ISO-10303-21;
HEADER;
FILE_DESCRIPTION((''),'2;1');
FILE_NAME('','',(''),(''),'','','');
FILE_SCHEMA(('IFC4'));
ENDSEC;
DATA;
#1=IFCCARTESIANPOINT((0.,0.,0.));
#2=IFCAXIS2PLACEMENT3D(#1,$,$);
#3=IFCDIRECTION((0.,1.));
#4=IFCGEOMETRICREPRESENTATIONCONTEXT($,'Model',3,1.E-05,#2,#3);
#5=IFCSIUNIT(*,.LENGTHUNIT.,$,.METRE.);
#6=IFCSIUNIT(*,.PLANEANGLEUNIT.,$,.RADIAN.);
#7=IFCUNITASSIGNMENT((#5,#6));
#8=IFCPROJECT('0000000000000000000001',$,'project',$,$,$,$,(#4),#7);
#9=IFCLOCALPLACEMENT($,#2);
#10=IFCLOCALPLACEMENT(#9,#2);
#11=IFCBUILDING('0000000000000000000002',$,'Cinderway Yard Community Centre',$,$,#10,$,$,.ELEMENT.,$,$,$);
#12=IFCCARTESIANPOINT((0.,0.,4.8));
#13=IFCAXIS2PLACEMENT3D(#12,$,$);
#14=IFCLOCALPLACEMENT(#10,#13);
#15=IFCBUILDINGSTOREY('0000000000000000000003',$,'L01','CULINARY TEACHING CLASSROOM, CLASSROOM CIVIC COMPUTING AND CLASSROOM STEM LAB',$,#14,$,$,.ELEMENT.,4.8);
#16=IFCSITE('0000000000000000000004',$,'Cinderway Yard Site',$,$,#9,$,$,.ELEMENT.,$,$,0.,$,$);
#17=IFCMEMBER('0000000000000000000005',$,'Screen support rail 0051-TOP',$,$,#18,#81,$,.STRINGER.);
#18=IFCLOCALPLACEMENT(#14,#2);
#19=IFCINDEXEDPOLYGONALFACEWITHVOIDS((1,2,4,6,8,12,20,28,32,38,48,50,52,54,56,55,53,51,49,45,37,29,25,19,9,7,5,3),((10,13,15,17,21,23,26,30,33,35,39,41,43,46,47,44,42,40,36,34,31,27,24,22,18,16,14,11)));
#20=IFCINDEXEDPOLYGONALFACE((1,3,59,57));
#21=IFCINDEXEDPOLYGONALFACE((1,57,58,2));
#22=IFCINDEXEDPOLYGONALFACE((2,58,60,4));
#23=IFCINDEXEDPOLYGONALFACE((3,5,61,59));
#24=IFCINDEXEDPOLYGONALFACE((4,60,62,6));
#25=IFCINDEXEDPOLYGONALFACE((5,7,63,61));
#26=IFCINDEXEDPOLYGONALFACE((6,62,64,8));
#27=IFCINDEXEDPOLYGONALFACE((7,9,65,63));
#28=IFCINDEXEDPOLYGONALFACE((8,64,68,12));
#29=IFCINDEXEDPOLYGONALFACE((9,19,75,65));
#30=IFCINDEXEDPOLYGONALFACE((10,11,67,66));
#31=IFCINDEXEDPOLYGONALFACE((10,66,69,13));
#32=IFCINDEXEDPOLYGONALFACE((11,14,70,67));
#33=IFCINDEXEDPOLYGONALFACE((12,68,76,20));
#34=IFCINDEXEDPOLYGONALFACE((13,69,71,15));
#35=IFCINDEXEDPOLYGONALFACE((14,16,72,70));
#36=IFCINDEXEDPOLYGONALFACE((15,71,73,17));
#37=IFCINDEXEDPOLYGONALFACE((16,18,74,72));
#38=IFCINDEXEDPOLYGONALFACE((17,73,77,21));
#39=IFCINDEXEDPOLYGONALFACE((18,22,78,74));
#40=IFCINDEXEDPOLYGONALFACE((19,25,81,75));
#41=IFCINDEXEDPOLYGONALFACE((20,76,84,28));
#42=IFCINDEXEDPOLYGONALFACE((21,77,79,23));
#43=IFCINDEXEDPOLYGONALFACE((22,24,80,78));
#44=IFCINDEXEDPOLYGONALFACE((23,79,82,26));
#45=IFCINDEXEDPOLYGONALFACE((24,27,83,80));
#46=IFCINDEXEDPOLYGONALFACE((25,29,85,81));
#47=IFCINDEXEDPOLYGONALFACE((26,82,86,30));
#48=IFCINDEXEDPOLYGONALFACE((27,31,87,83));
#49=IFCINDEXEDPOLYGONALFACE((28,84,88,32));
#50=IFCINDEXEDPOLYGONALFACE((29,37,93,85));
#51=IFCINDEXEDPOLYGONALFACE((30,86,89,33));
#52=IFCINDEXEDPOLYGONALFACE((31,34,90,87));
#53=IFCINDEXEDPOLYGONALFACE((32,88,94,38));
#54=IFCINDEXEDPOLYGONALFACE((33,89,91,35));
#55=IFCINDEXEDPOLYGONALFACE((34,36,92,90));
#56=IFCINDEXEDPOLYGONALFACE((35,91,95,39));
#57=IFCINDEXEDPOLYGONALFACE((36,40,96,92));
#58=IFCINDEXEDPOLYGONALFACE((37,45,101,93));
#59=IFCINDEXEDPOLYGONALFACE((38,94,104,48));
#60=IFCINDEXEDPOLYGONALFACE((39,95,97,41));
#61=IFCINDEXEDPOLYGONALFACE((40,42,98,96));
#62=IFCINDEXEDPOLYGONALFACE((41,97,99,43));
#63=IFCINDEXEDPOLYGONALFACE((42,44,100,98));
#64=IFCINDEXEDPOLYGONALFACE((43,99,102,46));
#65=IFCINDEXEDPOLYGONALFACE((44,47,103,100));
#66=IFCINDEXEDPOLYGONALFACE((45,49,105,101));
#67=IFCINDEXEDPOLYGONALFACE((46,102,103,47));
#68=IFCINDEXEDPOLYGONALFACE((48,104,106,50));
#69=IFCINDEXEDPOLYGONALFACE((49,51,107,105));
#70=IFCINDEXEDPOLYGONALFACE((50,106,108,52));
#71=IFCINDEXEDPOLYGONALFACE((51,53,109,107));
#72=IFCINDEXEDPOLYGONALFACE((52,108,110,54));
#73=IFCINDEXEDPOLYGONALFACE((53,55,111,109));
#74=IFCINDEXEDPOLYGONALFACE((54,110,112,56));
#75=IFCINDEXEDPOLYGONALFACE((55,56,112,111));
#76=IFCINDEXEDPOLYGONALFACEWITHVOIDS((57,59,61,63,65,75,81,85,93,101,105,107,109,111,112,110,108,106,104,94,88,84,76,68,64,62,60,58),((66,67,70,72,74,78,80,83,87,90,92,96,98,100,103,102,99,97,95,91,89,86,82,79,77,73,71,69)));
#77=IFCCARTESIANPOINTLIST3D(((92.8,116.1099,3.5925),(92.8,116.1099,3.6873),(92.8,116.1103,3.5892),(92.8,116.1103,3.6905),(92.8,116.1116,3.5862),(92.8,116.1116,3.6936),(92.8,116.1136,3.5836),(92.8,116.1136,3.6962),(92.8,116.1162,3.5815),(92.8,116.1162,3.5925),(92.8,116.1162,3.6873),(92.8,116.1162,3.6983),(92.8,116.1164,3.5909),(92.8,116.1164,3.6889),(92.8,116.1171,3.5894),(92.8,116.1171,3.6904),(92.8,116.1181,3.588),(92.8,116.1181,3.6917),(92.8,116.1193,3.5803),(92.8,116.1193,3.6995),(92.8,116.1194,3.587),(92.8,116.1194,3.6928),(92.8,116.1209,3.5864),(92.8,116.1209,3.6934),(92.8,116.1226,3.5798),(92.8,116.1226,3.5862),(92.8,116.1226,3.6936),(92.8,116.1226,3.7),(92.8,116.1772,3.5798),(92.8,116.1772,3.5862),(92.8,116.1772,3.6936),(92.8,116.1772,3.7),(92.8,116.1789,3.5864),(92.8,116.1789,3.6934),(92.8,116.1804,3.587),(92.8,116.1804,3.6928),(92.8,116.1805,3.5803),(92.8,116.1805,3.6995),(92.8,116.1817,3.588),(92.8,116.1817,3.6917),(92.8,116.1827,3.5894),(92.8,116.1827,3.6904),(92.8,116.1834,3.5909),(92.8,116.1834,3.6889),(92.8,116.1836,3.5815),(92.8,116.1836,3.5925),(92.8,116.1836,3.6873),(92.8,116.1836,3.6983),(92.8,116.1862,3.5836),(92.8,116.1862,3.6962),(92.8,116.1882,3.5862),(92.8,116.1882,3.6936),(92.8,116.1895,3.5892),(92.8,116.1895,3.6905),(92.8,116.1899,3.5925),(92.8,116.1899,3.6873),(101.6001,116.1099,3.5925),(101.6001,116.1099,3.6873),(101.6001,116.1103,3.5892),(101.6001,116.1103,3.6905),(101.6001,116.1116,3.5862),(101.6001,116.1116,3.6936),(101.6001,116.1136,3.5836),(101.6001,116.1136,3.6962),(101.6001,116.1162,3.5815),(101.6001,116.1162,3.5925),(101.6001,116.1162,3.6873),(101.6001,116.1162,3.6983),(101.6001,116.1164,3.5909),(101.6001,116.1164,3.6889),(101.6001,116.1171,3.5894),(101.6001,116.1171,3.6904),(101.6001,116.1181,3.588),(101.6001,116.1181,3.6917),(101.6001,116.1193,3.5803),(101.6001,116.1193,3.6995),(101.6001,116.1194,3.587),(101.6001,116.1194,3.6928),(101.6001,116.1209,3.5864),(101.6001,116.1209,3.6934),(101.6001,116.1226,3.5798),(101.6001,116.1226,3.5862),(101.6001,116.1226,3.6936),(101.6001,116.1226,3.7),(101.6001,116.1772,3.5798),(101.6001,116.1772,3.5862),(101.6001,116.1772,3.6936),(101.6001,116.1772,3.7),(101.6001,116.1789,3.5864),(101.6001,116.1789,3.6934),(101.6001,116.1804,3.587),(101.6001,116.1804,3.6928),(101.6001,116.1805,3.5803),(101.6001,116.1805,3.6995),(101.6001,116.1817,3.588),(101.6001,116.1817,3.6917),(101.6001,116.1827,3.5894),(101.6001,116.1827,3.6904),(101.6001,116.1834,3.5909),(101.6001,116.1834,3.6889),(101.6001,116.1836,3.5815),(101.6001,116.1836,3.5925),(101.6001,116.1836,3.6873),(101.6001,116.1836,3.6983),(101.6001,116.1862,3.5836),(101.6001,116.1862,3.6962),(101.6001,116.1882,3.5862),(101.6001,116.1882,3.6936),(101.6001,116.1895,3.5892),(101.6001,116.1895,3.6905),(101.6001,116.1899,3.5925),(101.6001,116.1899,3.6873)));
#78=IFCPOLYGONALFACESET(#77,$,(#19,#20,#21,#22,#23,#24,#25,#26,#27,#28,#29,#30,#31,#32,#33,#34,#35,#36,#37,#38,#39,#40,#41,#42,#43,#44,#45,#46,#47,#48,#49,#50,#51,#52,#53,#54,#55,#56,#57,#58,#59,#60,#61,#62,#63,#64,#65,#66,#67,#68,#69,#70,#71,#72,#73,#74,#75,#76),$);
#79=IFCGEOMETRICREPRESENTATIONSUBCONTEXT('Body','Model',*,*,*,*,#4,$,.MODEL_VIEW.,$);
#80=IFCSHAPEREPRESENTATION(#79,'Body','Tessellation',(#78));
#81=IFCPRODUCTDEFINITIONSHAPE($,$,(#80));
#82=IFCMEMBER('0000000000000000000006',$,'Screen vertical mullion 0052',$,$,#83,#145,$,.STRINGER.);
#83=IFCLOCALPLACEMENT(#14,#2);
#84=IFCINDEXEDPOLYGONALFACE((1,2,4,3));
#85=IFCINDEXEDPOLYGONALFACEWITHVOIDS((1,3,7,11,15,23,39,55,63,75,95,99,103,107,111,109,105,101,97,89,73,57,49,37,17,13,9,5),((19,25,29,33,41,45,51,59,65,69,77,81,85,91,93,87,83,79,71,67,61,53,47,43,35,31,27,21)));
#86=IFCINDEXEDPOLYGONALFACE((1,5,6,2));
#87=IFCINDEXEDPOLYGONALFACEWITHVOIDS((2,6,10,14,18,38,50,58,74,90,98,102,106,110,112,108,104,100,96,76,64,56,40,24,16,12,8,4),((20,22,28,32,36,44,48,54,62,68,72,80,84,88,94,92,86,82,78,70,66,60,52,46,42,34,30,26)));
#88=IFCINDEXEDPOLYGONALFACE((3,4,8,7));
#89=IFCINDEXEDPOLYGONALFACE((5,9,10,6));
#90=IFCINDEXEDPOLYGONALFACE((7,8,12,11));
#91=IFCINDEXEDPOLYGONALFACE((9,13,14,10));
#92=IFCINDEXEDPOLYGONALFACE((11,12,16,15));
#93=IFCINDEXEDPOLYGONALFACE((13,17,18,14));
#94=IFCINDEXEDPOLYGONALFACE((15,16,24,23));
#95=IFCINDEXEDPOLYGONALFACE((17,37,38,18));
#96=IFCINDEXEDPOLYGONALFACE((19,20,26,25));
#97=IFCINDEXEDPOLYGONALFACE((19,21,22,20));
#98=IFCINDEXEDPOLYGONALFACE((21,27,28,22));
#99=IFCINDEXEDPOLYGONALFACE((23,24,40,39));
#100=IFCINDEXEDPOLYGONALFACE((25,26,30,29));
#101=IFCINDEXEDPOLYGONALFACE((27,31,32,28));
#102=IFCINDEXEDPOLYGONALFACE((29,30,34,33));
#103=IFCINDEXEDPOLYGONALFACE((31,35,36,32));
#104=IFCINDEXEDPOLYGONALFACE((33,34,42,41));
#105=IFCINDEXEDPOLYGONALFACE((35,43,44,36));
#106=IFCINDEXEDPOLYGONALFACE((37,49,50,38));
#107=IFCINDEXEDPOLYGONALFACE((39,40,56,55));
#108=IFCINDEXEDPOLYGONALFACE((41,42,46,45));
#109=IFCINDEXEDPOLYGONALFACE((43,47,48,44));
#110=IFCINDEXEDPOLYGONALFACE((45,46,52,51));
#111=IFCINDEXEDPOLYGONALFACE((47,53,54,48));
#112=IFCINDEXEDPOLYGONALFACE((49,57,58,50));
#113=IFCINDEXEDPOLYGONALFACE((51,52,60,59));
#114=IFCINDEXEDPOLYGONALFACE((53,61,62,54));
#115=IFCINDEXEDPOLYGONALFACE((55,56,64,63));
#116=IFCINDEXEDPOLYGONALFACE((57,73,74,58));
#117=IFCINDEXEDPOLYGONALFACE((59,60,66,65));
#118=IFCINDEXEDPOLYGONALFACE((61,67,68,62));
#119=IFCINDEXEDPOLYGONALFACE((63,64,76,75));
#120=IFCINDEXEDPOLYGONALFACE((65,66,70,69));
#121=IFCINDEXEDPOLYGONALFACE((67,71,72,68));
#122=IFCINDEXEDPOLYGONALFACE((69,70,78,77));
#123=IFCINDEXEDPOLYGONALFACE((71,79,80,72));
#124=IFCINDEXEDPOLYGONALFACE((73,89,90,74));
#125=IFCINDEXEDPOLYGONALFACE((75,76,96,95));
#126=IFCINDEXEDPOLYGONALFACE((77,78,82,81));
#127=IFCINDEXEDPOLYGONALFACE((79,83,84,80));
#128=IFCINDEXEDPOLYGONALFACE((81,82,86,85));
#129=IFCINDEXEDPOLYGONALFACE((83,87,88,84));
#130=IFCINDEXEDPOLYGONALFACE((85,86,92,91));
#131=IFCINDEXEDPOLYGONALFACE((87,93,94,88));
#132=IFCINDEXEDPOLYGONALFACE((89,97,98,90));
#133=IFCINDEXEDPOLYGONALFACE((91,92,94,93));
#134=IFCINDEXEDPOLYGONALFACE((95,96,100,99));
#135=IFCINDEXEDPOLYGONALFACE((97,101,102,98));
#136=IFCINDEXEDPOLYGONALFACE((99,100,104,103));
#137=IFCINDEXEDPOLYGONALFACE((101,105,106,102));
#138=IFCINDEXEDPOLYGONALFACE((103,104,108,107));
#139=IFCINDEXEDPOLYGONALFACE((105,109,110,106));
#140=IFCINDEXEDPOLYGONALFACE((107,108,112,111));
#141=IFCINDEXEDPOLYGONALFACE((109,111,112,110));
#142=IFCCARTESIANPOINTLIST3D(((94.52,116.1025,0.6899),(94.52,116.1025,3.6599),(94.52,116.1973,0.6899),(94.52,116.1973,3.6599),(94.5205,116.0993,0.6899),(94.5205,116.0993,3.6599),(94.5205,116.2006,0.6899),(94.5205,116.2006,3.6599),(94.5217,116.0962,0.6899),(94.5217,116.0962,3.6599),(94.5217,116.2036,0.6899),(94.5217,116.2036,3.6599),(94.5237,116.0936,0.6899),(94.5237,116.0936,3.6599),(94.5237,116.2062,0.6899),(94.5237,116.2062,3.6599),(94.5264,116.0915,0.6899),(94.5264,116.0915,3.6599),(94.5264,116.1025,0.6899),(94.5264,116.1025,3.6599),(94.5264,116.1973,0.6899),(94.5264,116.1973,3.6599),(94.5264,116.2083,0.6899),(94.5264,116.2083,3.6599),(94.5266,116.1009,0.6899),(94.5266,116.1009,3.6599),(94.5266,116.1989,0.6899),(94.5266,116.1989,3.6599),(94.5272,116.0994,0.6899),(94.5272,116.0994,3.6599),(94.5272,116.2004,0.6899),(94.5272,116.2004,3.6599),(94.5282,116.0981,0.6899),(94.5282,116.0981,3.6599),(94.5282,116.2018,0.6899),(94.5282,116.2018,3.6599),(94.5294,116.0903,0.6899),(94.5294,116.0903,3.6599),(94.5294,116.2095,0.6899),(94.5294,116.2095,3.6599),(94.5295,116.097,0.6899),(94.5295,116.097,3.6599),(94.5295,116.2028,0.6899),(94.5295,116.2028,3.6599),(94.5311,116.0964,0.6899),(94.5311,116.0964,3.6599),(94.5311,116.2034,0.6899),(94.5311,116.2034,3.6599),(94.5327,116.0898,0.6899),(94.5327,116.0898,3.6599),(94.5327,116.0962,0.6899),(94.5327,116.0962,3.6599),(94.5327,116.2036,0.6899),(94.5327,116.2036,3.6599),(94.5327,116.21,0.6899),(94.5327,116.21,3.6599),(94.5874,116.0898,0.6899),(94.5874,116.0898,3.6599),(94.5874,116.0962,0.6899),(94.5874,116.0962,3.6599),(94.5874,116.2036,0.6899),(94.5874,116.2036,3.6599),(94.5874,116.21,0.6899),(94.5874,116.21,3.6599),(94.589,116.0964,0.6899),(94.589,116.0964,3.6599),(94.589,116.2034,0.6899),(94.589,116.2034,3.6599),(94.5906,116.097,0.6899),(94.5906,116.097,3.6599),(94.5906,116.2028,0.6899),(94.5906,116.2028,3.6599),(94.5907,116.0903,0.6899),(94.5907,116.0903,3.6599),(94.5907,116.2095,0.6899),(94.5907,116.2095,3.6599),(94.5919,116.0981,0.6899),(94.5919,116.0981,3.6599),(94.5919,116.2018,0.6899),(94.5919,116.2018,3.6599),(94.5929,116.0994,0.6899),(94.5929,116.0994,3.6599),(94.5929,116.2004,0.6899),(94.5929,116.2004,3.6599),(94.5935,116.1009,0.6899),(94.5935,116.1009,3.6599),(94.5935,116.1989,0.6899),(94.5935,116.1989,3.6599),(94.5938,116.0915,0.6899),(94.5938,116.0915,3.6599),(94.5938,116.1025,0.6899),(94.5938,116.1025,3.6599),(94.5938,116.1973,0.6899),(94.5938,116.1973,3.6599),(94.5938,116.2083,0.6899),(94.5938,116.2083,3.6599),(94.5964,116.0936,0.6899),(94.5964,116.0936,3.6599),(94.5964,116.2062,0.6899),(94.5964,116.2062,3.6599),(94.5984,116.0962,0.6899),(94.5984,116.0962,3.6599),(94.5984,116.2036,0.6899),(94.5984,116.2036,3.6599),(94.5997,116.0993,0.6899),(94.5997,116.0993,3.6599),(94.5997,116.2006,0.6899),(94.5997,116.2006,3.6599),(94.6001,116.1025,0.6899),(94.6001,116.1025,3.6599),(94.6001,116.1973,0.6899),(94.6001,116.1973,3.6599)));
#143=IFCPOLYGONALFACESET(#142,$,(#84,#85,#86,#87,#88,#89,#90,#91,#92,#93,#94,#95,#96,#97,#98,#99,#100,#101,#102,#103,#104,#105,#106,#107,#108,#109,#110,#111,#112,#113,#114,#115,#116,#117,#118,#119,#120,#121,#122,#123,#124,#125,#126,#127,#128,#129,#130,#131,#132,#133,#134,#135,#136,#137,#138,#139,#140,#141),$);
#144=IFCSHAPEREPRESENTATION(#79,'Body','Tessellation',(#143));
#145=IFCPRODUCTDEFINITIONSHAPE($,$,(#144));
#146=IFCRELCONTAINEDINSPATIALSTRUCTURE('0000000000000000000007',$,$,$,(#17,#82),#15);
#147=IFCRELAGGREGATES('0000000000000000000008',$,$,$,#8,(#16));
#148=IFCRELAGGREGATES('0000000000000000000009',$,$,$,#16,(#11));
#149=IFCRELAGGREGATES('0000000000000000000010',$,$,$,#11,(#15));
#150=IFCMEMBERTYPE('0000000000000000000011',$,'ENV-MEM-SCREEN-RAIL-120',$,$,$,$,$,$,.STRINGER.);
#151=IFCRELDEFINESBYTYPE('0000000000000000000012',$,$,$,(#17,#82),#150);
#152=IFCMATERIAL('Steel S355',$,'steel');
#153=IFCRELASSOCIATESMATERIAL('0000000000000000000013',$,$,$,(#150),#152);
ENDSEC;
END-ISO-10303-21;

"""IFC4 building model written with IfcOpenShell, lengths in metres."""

from ifc_helpers import new_model, si_unit, direction, frame, origin, origin_2d, place, context, subcontext, project, spatial, hollow_rectangle, extrude, material, material_profile, profile_set, type_object, element, save


model = new_model("IFC4")

# Units and contexts
model_context = context("Model", 3, precision=1e-05, world=origin(), true_north=direction((0.0, 1.0)))
body_context = subcontext(model_context, "Body", "Model", "MODEL_VIEW")
ifc_project = project(units=[si_unit("LENGTHUNIT", "METRE"), si_unit("PLANEANGLEUNIT", "RADIAN")], contexts=[model_context])

# Site, building, storey
site_placement = place(None, origin())
site = spatial("IfcSite", under=ifc_project, at=site_placement, Name="Cinderway Yard Site", CompositionType="ELEMENT", RefElevation=0.0)
building_placement = place(site_placement, origin())
building = spatial("IfcBuilding", under=site, at=building_placement, Name="Cinderway Yard Community Centre", CompositionType="ELEMENT")
storey_placement = place(building_placement, frame((0.0, 0.0, 4.8)))
storey = spatial("IfcBuildingStorey", under=building, at=storey_placement, Name="L01", Description="CULINARY TEACHING CLASSROOM, CLASSROOM CIVIC COMPUTING AND CLASSROOM STEM LAB", CompositionType="ELEMENT", Elevation=4.8)

# Members
ifc_material_1 = material(Name="Steel S355", Category="steel")
ifc_material_profile_1 = material_profile(ifc_material_1, hollow_rectangle(XDim=0.0801, YDim=0.1201, WallThickness=0.0063, InnerFilletRadius=0.0063, OuterFilletRadius=0.0127, at=origin_2d()), Name="Steel S355")
ifc_profile_set_1 = profile_set([ifc_material_profile_1], Name="Steel S355")
member_type_1 = type_object("IfcMemberType", Name="ENV-MEM-SCREEN-RAIL-120", PredefinedType="STRINGER", material=ifc_profile_set_1)
for number, where, z_axis, x_axis, name in (
    (1, (92.8, 116.1499, 3.6399), (1.0, 0.0, 0.0), (0.0, 1.0, 0.0), "Screen support rail 0051-TOP"),
):
    element("IfcMember", number, at=place(storey_placement, frame(where, z_axis=z_axis, x_axis=x_axis)), inside=storey, type_object=member_type_1, Name=name, PredefinedType="STRINGER", context=body_context, shape_type="SweptSolid", body=[
        extrude(hollow_rectangle(XDim=0.0801, YDim=0.1201, WallThickness=0.0063, InnerFilletRadius=0.0063, OuterFilletRadius=0.0127, at=origin_2d()), origin(), (0.0, 0.0, 1.0), 8.8),
    ])
for number, where, z_axis, x_axis, name in (
    (2, (94.5601, 116.1499, 0.6899), (0.0, 0.0, 1.0), (1.0, 0.0, 0.0), "Screen vertical mullion 0052"),
):
    element("IfcMember", number, at=place(storey_placement, frame(where, z_axis=z_axis, x_axis=x_axis)), inside=storey, type_object=member_type_1, Name=name, PredefinedType="STRINGER", context=body_context, shape_type="SweptSolid", body=[
        extrude(hollow_rectangle(XDim=0.0801, YDim=0.1201, WallThickness=0.0063, InnerFilletRadius=0.0063, OuterFilletRadius=0.0127, at=origin_2d()), origin(), (0.0, 0.0, 1.0), 2.97),
    ])

save(model, "model.ifc")
